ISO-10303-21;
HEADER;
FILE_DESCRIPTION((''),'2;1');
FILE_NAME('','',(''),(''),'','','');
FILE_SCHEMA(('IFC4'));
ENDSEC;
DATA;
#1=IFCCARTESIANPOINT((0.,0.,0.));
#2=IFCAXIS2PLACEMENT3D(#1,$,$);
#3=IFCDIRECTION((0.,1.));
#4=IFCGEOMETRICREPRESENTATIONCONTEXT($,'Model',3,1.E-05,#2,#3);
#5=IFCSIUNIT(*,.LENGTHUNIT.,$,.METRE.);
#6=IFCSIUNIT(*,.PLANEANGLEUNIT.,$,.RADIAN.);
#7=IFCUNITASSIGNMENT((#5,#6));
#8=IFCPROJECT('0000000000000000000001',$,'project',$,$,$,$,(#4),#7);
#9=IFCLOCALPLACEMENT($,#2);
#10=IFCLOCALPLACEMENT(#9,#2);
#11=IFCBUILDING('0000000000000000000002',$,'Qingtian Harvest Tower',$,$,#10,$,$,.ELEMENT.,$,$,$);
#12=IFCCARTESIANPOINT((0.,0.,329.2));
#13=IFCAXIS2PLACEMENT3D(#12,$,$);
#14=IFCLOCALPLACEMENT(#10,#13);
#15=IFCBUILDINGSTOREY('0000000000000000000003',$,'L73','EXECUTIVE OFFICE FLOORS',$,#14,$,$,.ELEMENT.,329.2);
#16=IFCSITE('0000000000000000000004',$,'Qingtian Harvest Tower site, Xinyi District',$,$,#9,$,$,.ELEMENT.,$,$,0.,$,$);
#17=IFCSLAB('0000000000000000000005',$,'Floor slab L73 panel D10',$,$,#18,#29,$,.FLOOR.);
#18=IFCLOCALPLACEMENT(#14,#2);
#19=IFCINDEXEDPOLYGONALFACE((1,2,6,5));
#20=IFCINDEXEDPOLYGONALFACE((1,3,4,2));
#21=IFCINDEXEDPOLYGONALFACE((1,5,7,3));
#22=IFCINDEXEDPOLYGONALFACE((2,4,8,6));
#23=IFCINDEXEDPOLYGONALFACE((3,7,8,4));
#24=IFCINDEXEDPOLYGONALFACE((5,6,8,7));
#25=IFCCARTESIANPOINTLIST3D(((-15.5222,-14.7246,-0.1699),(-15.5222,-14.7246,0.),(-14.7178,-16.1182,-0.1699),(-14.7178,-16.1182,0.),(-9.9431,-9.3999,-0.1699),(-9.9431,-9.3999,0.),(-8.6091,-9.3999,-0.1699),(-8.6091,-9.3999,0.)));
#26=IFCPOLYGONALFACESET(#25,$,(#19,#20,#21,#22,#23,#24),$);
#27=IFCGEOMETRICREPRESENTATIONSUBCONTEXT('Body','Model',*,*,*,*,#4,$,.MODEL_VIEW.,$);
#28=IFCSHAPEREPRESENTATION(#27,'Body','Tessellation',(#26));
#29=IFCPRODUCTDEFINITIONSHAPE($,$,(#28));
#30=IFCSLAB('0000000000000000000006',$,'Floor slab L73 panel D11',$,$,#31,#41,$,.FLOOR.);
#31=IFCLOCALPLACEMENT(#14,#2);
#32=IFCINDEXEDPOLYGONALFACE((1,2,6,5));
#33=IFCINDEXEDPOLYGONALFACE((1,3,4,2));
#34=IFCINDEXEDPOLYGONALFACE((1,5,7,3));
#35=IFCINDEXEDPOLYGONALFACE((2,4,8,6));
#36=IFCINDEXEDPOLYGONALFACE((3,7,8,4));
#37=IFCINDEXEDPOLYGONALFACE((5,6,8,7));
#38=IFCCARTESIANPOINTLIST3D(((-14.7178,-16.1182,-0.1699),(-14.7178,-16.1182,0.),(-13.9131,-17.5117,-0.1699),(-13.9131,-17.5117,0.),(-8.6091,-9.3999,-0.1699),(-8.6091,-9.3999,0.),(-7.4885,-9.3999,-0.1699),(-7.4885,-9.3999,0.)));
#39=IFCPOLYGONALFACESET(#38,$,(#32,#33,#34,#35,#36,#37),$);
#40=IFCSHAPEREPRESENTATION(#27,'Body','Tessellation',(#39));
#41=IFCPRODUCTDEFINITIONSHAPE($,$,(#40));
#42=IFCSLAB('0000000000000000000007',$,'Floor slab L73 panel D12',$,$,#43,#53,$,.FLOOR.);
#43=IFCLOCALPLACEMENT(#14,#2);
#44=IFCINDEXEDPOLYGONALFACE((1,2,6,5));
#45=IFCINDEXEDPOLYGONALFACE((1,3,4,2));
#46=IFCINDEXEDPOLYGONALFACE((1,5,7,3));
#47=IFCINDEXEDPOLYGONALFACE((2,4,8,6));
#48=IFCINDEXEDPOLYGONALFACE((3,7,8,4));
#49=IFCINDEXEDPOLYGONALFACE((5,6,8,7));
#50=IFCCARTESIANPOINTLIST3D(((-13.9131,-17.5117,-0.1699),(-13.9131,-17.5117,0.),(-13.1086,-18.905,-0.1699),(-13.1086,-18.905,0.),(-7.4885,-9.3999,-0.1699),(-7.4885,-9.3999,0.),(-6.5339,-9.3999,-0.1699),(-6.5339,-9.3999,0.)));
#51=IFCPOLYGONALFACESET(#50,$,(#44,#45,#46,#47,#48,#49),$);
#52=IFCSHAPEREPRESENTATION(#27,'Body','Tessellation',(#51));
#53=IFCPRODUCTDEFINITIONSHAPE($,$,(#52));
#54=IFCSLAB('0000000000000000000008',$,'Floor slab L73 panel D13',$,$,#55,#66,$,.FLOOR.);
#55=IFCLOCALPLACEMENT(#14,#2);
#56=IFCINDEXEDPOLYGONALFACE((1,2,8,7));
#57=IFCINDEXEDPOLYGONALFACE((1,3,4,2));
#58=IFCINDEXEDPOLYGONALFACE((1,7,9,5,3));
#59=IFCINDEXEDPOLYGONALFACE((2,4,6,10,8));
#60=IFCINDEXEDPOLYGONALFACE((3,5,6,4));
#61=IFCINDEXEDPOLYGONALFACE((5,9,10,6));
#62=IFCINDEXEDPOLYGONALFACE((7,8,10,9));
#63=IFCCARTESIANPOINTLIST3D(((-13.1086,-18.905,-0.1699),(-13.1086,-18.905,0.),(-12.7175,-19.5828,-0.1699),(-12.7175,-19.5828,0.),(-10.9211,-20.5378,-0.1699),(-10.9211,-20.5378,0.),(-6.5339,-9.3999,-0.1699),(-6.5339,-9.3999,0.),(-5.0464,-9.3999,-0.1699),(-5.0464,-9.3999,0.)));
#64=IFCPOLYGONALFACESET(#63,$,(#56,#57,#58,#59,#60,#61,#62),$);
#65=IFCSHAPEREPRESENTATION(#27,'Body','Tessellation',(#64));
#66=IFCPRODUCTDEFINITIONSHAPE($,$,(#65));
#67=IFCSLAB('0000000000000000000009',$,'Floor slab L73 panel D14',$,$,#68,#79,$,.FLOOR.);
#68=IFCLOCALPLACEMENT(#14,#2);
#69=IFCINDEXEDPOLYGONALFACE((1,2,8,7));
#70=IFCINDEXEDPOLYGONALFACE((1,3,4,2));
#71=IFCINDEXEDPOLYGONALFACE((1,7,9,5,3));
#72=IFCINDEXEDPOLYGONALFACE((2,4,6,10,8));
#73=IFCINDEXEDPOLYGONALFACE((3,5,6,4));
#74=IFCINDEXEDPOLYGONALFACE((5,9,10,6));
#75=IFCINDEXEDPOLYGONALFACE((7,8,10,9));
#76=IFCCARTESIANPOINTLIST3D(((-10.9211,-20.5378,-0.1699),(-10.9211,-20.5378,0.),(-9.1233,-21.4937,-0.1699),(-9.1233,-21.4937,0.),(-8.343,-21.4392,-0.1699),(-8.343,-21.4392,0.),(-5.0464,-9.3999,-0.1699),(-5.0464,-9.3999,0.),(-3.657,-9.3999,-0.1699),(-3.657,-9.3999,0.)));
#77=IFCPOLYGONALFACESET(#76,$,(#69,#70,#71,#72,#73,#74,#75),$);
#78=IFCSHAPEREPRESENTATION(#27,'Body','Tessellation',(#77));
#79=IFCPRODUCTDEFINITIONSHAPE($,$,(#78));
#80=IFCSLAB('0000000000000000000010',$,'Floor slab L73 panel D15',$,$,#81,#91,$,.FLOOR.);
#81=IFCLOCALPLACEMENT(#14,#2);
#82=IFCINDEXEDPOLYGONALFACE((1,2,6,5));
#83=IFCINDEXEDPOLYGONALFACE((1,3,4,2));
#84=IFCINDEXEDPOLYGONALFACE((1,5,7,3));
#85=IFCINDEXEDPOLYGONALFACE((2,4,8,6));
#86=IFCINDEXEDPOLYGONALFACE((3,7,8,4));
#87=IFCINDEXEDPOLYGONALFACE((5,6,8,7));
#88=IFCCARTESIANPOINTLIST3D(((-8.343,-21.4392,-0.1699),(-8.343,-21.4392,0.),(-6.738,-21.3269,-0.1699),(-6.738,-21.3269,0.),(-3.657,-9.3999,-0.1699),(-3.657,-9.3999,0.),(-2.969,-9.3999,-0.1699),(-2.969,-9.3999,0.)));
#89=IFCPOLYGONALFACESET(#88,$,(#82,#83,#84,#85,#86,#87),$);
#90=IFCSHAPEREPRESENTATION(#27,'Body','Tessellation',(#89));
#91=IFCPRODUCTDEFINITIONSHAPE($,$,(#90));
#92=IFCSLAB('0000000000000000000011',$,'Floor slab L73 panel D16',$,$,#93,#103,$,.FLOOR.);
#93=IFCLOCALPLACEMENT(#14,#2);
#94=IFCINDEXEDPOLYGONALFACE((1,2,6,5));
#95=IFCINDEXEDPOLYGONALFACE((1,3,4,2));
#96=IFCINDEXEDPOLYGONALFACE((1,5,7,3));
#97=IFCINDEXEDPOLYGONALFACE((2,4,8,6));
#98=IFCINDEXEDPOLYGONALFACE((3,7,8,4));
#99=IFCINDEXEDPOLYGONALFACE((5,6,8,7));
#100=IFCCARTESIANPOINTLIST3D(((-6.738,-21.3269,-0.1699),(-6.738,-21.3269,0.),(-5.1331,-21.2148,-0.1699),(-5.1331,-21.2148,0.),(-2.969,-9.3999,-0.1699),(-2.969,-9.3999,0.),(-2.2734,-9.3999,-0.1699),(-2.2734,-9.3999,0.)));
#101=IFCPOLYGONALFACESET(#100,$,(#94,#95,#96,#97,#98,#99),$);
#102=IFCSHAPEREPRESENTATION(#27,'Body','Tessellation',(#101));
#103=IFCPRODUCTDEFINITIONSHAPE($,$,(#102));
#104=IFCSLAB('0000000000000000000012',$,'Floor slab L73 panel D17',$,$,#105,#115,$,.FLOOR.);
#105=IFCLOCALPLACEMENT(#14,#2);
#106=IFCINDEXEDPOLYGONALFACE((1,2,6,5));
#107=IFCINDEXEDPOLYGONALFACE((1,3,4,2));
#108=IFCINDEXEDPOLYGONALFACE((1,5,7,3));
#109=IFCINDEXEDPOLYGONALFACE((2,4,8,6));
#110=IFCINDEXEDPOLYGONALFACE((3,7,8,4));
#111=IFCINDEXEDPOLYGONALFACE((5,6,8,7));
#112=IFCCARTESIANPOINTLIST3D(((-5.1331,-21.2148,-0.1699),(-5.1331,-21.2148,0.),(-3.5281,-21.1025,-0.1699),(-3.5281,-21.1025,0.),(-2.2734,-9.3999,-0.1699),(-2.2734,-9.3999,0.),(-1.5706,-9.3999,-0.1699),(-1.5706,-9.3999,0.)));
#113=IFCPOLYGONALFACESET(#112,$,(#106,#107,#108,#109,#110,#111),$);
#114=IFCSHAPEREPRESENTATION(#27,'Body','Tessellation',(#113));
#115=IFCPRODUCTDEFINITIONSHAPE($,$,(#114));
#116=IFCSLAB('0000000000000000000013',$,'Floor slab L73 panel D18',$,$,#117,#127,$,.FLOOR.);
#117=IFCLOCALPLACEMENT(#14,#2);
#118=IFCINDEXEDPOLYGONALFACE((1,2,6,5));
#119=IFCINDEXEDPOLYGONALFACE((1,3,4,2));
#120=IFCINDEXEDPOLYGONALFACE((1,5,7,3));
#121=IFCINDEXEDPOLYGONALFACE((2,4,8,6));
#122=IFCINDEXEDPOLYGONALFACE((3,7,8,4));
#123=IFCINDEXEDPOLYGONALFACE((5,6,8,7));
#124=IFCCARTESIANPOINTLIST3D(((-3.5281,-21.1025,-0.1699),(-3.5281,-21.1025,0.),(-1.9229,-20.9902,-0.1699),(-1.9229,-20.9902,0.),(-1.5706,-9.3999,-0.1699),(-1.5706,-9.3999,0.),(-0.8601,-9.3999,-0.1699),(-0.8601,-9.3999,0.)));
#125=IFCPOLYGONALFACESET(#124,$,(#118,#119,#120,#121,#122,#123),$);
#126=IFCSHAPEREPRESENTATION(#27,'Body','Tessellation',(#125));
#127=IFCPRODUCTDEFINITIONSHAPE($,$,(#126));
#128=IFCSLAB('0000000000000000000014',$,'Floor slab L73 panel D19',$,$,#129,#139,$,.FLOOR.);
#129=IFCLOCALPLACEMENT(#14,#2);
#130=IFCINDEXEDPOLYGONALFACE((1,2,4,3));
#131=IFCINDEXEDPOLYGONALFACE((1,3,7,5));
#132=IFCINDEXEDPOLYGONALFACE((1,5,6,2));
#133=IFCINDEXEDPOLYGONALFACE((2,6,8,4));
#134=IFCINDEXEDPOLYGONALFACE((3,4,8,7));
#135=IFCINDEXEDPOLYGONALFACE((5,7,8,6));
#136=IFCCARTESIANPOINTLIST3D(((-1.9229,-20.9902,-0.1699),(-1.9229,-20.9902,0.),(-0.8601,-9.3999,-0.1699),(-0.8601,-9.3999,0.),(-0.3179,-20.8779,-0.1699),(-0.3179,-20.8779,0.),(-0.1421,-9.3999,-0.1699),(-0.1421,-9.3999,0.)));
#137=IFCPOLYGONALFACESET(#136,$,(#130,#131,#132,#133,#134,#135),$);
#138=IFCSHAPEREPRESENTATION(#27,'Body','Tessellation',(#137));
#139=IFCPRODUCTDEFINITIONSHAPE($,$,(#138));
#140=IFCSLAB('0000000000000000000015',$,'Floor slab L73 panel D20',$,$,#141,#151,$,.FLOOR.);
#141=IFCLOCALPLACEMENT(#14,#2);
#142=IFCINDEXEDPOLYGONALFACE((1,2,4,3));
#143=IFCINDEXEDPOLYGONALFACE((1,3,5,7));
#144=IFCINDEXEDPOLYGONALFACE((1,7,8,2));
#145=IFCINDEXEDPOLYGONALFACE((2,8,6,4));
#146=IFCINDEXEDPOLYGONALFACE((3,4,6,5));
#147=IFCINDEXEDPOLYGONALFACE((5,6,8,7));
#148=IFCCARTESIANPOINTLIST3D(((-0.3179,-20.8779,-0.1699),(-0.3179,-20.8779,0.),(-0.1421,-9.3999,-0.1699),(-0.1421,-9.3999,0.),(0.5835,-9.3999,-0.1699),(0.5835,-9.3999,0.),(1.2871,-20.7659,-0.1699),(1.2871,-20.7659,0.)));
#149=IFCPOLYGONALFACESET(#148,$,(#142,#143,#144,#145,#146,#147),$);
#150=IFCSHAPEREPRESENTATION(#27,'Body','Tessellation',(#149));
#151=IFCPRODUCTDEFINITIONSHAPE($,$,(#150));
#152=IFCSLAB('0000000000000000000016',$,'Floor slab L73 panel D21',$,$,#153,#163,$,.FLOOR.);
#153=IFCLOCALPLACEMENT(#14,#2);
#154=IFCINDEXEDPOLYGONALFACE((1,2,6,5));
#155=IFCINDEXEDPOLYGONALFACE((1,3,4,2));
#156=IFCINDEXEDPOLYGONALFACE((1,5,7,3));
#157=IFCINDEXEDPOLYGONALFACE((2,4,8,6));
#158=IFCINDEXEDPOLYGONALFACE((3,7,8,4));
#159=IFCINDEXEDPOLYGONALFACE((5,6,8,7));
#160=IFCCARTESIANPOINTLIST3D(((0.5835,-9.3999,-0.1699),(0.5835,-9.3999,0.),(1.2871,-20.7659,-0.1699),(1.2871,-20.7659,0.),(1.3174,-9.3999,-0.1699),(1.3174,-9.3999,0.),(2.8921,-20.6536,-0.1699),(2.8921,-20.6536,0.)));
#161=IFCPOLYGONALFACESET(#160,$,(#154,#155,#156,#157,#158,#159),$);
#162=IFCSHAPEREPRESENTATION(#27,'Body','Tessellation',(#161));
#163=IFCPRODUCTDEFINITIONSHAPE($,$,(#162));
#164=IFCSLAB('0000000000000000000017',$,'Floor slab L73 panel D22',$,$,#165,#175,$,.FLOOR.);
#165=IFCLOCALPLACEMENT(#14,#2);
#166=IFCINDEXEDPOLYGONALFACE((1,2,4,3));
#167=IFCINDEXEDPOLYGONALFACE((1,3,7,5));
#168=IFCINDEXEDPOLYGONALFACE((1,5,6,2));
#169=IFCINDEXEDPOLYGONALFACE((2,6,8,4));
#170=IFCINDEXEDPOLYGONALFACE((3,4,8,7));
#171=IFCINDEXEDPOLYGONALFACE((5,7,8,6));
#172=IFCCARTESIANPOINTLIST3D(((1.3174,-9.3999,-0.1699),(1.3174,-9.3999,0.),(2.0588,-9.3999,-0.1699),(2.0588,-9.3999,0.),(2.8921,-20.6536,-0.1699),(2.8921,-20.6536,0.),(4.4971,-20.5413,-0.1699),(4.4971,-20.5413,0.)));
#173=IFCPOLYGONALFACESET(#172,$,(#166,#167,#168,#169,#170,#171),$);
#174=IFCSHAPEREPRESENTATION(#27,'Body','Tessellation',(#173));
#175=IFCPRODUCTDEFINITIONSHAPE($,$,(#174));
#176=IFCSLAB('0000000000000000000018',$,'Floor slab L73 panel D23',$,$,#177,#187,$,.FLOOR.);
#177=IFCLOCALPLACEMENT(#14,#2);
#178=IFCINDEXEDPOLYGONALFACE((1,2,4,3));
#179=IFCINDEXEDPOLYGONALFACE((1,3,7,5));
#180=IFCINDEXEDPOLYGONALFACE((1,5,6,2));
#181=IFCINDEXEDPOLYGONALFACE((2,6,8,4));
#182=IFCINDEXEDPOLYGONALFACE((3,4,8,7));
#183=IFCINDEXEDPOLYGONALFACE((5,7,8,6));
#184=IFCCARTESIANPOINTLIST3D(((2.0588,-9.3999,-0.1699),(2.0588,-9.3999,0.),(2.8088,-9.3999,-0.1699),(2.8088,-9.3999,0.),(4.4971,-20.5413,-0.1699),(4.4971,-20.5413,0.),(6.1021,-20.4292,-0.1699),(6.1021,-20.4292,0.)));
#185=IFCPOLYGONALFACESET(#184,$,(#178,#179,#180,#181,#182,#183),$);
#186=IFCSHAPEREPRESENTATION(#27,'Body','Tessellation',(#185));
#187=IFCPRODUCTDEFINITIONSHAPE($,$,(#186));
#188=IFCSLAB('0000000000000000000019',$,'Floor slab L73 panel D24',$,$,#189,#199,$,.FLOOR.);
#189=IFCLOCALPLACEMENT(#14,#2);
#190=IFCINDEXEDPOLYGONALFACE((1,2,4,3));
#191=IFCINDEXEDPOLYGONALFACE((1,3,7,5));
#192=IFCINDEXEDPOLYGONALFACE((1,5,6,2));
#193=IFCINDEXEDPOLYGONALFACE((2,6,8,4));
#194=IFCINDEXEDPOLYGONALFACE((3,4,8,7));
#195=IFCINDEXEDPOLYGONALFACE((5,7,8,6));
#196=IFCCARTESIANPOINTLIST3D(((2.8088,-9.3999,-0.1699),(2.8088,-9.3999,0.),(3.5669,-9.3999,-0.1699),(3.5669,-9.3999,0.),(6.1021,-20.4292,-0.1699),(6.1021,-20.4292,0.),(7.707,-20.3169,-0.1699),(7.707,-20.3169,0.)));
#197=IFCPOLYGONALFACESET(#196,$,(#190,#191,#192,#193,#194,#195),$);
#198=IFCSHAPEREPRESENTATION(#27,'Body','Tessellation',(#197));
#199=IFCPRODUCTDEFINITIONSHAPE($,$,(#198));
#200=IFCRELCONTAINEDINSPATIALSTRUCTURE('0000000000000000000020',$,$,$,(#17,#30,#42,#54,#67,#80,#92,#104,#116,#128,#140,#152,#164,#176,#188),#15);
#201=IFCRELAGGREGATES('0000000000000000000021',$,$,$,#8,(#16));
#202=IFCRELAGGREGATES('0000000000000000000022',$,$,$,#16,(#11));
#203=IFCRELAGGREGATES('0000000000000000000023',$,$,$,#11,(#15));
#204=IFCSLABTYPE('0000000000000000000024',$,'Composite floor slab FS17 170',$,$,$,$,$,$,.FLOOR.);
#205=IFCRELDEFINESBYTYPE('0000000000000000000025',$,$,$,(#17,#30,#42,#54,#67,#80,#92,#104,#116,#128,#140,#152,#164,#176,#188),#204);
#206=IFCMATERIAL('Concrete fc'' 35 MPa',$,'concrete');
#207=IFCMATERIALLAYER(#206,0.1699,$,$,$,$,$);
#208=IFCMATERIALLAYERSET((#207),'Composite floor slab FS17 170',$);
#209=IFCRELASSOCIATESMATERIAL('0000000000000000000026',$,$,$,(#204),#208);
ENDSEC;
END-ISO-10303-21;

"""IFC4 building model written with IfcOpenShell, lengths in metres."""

from ifc_helpers import new_model, si_unit, direction, frame, origin, place, context, subcontext, project, spatial, polyline, outline, extrude, material, layer, layer_set, type_object, element, save


model = new_model("IFC4")

# Units and contexts
model_context = context("Model", 3, precision=1e-05, world=origin(), true_north=direction((0.0, 1.0)))
body_context = subcontext(model_context, "Body", "Model", "MODEL_VIEW")
ifc_project = project(units=[si_unit("LENGTHUNIT", "METRE"), si_unit("PLANEANGLEUNIT", "RADIAN")], contexts=[model_context])

# Site, building, storey
site_placement = place(None, origin())
site = spatial("IfcSite", under=ifc_project, at=site_placement, Name="Qingtian Harvest Tower site, Xinyi District", CompositionType="ELEMENT", RefElevation=0.0)
building_placement = place(site_placement, origin())
building = spatial("IfcBuilding", under=site, at=building_placement, Name="Qingtian Harvest Tower", CompositionType="ELEMENT")
storey_placement = place(building_placement, frame((0.0, 0.0, 329.2)))
storey = spatial("IfcBuildingStorey", under=building, at=storey_placement, Name="L73", Description="EXECUTIVE OFFICE FLOORS", CompositionType="ELEMENT", Elevation=329.2)

# Slabs
ifc_material_1 = material(Name="Concrete fc' 35 MPa", Category="concrete")
ifc_layer_1 = layer(ifc_material_1, 0.1699)
ifc_layer_set_1 = layer_set([ifc_layer_1], Name="Composite floor slab FS17 170")
slab_type = type_object("IfcSlabType", Name="Composite floor slab FS17 170", PredefinedType="FLOOR", material=ifc_layer_set_1)
slab_1_placement = place(storey_placement, frame((0.0, 0.0, -0.1699)))
element("IfcSlab", 1, at=slab_1_placement, inside=storey, type_object=slab_type, Name="Floor slab L73 panel D10", PredefinedType="FLOOR", context=body_context, shape_type="SweptSolid", body=[
    extrude(outline(polyline([(-8.6091, -9.3999), (-14.7178, -16.1182), (-15.5222, -14.7246), (-9.9431, -9.3999), (-8.6091, -9.3999)])), origin(), (0.0, 0.0, 1.0), 0.1699),
])
slab_2_placement = place(storey_placement, frame((0.0, 0.0, -0.1699)))
element("IfcSlab", 2, at=slab_2_placement, inside=storey, type_object=slab_type, Name="Floor slab L73 panel D11", PredefinedType="FLOOR", context=body_context, shape_type="SweptSolid", body=[
    extrude(outline(polyline([(-7.4885, -9.3999), (-13.9131, -17.5117), (-14.7178, -16.1182), (-8.6091, -9.3999), (-7.4885, -9.3999)])), origin(), (0.0, 0.0, 1.0), 0.1699),
])
slab_3_placement = place(storey_placement, frame((0.0, 0.0, -0.1699)))
element("IfcSlab", 3, at=slab_3_placement, inside=storey, type_object=slab_type, Name="Floor slab L73 panel D12", PredefinedType="FLOOR", context=body_context, shape_type="SweptSolid", body=[
    extrude(outline(polyline([(-6.5339, -9.3999), (-13.1086, -18.905), (-13.9131, -17.5117), (-7.4885, -9.3999), (-6.5339, -9.3999)])), origin(), (0.0, 0.0, 1.0), 0.1699),
])
slab_4_placement = place(storey_placement, frame((0.0, 0.0, -0.1699)))
element("IfcSlab", 4, at=slab_4_placement, inside=storey, type_object=slab_type, Name="Floor slab L73 panel D13", PredefinedType="FLOOR", context=body_context, shape_type="SweptSolid", body=[
    extrude(outline(polyline([(-6.5339, -9.3999), (-5.0464, -9.3999), (-10.9211, -20.5378), (-12.7175, -19.5828), (-13.1086, -18.905), (-6.5339, -9.3999)])), origin(), (0.0, 0.0, 1.0), 0.1699),
])
slab_5_placement = place(storey_placement, frame((0.0, 0.0, -0.1699)))
element("IfcSlab", 5, at=slab_5_placement, inside=storey, type_object=slab_type, Name="Floor slab L73 panel D14", PredefinedType="FLOOR", context=body_context, shape_type="SweptSolid", body=[
    extrude(outline(polyline([(-5.0464, -9.3999), (-3.657, -9.3999), (-8.343, -21.4392), (-9.1233, -21.4937), (-10.9211, -20.5378), (-5.0464, -9.3999)])), origin(), (0.0, 0.0, 1.0), 0.1699),
])
slab_6_placement = place(storey_placement, frame((0.0, 0.0, -0.1699)))
element("IfcSlab", 6, at=slab_6_placement, inside=storey, type_object=slab_type, Name="Floor slab L73 panel D15", PredefinedType="FLOOR", context=body_context, shape_type="SweptSolid", body=[
    extrude(outline(polyline([(-2.969, -9.3999), (-6.738, -21.3269), (-8.343, -21.4392), (-3.657, -9.3999), (-2.969, -9.3999)])), origin(), (0.0, 0.0, 1.0), 0.1699),
])
slab_7_placement = place(storey_placement, frame((0.0, 0.0, -0.1699)))
element("IfcSlab", 7, at=slab_7_placement, inside=storey, type_object=slab_type, Name="Floor slab L73 panel D16", PredefinedType="FLOOR", context=body_context, shape_type="SweptSolid", body=[
    extrude(outline(polyline([(-2.2734, -9.3999), (-5.1331, -21.2148), (-6.738, -21.3269), (-2.969, -9.3999), (-2.2734, -9.3999)])), origin(), (0.0, 0.0, 1.0), 0.1699),
])
slab_8_placement = place(storey_placement, frame((0.0, 0.0, -0.1699)))
element("IfcSlab", 8, at=slab_8_placement, inside=storey, type_object=slab_type, Name="Floor slab L73 panel D17", PredefinedType="FLOOR", context=body_context, shape_type="SweptSolid", body=[
    extrude(outline(polyline([(-1.5706, -9.3999), (-3.5281, -21.1025), (-5.1331, -21.2148), (-2.2734, -9.3999), (-1.5706, -9.3999)])), origin(), (0.0, 0.0, 1.0), 0.1699),
])
slab_9_placement = place(storey_placement, frame((0.0, 0.0, -0.1699)))
element("IfcSlab", 9, at=slab_9_placement, inside=storey, type_object=slab_type, Name="Floor slab L73 panel D18", PredefinedType="FLOOR", context=body_context, shape_type="SweptSolid", body=[
    extrude(outline(polyline([(-0.8601, -9.3999), (-1.9229, -20.9902), (-3.5281, -21.1025), (-1.5706, -9.3999), (-0.8601, -9.3999)])), origin(), (0.0, 0.0, 1.0), 0.1699),
])
slab_10_placement = place(storey_placement, frame((0.0, 0.0, -0.1699)))
element("IfcSlab", 10, at=slab_10_placement, inside=storey, type_object=slab_type, Name="Floor slab L73 panel D19", PredefinedType="FLOOR", context=body_context, shape_type="SweptSolid", body=[
    extrude(outline(polyline([(-0.1421, -9.3999), (-0.3179, -20.8779), (-1.9229, -20.9902), (-0.8601, -9.3999), (-0.1421, -9.3999)])), origin(), (0.0, 0.0, 1.0), 0.1699),
])
slab_11_placement = place(storey_placement, frame((0.0, 0.0, -0.1699)))
element("IfcSlab", 11, at=slab_11_placement, inside=storey, type_object=slab_type, Name="Floor slab L73 panel D20", PredefinedType="FLOOR", context=body_context, shape_type="SweptSolid", body=[
    extrude(outline(polyline([(0.5835, -9.3999), (1.2871, -20.7659), (-0.3179, -20.8779), (-0.1421, -9.3999), (0.5835, -9.3999)])), origin(), (0.0, 0.0, 1.0), 0.1699),
])
slab_12_placement = place(storey_placement, frame((0.0, 0.0, -0.1699)))
element("IfcSlab", 12, at=slab_12_placement, inside=storey, type_object=slab_type, Name="Floor slab L73 panel D21", PredefinedType="FLOOR", context=body_context, shape_type="SweptSolid", body=[
    extrude(outline(polyline([(1.3174, -9.3999), (2.8921, -20.6536), (1.2871, -20.7659), (0.5835, -9.3999), (1.3174, -9.3999)])), origin(), (0.0, 0.0, 1.0), 0.1699),
])
slab_13_placement = place(storey_placement, frame((0.0, 0.0, -0.1699)))
element("IfcSlab", 13, at=slab_13_placement, inside=storey, type_object=slab_type, Name="Floor slab L73 panel D22", PredefinedType="FLOOR", context=body_context, shape_type="SweptSolid", body=[
    extrude(outline(polyline([(2.0588, -9.3999), (4.4971, -20.5413), (2.8921, -20.6536), (1.3174, -9.3999), (2.0588, -9.3999)])), origin(), (0.0, 0.0, 1.0), 0.1699),
])
slab_14_placement = place(storey_placement, frame((0.0, 0.0, -0.1699)))
element("IfcSlab", 14, at=slab_14_placement, inside=storey, type_object=slab_type, Name="Floor slab L73 panel D23", PredefinedType="FLOOR", context=body_context, shape_type="SweptSolid", body=[
    extrude(outline(polyline([(2.8088, -9.3999), (6.1021, -20.4292), (4.4971, -20.5413), (2.0588, -9.3999), (2.8088, -9.3999)])), origin(), (0.0, 0.0, 1.0), 0.1699),
])
slab_15_placement = place(storey_placement, frame((0.0, 0.0, -0.1699)))
element("IfcSlab", 15, at=slab_15_placement, inside=storey, type_object=slab_type, Name="Floor slab L73 panel D24", PredefinedType="FLOOR", context=body_context, shape_type="SweptSolid", body=[
    extrude(outline(polyline([(3.5669, -9.3999), (7.707, -20.3169), (6.1021, -20.4292), (2.8088, -9.3999), (3.5669, -9.3999)])), origin(), (0.0, 0.0, 1.0), 0.1699),
])

save(model, "model.ifc")
